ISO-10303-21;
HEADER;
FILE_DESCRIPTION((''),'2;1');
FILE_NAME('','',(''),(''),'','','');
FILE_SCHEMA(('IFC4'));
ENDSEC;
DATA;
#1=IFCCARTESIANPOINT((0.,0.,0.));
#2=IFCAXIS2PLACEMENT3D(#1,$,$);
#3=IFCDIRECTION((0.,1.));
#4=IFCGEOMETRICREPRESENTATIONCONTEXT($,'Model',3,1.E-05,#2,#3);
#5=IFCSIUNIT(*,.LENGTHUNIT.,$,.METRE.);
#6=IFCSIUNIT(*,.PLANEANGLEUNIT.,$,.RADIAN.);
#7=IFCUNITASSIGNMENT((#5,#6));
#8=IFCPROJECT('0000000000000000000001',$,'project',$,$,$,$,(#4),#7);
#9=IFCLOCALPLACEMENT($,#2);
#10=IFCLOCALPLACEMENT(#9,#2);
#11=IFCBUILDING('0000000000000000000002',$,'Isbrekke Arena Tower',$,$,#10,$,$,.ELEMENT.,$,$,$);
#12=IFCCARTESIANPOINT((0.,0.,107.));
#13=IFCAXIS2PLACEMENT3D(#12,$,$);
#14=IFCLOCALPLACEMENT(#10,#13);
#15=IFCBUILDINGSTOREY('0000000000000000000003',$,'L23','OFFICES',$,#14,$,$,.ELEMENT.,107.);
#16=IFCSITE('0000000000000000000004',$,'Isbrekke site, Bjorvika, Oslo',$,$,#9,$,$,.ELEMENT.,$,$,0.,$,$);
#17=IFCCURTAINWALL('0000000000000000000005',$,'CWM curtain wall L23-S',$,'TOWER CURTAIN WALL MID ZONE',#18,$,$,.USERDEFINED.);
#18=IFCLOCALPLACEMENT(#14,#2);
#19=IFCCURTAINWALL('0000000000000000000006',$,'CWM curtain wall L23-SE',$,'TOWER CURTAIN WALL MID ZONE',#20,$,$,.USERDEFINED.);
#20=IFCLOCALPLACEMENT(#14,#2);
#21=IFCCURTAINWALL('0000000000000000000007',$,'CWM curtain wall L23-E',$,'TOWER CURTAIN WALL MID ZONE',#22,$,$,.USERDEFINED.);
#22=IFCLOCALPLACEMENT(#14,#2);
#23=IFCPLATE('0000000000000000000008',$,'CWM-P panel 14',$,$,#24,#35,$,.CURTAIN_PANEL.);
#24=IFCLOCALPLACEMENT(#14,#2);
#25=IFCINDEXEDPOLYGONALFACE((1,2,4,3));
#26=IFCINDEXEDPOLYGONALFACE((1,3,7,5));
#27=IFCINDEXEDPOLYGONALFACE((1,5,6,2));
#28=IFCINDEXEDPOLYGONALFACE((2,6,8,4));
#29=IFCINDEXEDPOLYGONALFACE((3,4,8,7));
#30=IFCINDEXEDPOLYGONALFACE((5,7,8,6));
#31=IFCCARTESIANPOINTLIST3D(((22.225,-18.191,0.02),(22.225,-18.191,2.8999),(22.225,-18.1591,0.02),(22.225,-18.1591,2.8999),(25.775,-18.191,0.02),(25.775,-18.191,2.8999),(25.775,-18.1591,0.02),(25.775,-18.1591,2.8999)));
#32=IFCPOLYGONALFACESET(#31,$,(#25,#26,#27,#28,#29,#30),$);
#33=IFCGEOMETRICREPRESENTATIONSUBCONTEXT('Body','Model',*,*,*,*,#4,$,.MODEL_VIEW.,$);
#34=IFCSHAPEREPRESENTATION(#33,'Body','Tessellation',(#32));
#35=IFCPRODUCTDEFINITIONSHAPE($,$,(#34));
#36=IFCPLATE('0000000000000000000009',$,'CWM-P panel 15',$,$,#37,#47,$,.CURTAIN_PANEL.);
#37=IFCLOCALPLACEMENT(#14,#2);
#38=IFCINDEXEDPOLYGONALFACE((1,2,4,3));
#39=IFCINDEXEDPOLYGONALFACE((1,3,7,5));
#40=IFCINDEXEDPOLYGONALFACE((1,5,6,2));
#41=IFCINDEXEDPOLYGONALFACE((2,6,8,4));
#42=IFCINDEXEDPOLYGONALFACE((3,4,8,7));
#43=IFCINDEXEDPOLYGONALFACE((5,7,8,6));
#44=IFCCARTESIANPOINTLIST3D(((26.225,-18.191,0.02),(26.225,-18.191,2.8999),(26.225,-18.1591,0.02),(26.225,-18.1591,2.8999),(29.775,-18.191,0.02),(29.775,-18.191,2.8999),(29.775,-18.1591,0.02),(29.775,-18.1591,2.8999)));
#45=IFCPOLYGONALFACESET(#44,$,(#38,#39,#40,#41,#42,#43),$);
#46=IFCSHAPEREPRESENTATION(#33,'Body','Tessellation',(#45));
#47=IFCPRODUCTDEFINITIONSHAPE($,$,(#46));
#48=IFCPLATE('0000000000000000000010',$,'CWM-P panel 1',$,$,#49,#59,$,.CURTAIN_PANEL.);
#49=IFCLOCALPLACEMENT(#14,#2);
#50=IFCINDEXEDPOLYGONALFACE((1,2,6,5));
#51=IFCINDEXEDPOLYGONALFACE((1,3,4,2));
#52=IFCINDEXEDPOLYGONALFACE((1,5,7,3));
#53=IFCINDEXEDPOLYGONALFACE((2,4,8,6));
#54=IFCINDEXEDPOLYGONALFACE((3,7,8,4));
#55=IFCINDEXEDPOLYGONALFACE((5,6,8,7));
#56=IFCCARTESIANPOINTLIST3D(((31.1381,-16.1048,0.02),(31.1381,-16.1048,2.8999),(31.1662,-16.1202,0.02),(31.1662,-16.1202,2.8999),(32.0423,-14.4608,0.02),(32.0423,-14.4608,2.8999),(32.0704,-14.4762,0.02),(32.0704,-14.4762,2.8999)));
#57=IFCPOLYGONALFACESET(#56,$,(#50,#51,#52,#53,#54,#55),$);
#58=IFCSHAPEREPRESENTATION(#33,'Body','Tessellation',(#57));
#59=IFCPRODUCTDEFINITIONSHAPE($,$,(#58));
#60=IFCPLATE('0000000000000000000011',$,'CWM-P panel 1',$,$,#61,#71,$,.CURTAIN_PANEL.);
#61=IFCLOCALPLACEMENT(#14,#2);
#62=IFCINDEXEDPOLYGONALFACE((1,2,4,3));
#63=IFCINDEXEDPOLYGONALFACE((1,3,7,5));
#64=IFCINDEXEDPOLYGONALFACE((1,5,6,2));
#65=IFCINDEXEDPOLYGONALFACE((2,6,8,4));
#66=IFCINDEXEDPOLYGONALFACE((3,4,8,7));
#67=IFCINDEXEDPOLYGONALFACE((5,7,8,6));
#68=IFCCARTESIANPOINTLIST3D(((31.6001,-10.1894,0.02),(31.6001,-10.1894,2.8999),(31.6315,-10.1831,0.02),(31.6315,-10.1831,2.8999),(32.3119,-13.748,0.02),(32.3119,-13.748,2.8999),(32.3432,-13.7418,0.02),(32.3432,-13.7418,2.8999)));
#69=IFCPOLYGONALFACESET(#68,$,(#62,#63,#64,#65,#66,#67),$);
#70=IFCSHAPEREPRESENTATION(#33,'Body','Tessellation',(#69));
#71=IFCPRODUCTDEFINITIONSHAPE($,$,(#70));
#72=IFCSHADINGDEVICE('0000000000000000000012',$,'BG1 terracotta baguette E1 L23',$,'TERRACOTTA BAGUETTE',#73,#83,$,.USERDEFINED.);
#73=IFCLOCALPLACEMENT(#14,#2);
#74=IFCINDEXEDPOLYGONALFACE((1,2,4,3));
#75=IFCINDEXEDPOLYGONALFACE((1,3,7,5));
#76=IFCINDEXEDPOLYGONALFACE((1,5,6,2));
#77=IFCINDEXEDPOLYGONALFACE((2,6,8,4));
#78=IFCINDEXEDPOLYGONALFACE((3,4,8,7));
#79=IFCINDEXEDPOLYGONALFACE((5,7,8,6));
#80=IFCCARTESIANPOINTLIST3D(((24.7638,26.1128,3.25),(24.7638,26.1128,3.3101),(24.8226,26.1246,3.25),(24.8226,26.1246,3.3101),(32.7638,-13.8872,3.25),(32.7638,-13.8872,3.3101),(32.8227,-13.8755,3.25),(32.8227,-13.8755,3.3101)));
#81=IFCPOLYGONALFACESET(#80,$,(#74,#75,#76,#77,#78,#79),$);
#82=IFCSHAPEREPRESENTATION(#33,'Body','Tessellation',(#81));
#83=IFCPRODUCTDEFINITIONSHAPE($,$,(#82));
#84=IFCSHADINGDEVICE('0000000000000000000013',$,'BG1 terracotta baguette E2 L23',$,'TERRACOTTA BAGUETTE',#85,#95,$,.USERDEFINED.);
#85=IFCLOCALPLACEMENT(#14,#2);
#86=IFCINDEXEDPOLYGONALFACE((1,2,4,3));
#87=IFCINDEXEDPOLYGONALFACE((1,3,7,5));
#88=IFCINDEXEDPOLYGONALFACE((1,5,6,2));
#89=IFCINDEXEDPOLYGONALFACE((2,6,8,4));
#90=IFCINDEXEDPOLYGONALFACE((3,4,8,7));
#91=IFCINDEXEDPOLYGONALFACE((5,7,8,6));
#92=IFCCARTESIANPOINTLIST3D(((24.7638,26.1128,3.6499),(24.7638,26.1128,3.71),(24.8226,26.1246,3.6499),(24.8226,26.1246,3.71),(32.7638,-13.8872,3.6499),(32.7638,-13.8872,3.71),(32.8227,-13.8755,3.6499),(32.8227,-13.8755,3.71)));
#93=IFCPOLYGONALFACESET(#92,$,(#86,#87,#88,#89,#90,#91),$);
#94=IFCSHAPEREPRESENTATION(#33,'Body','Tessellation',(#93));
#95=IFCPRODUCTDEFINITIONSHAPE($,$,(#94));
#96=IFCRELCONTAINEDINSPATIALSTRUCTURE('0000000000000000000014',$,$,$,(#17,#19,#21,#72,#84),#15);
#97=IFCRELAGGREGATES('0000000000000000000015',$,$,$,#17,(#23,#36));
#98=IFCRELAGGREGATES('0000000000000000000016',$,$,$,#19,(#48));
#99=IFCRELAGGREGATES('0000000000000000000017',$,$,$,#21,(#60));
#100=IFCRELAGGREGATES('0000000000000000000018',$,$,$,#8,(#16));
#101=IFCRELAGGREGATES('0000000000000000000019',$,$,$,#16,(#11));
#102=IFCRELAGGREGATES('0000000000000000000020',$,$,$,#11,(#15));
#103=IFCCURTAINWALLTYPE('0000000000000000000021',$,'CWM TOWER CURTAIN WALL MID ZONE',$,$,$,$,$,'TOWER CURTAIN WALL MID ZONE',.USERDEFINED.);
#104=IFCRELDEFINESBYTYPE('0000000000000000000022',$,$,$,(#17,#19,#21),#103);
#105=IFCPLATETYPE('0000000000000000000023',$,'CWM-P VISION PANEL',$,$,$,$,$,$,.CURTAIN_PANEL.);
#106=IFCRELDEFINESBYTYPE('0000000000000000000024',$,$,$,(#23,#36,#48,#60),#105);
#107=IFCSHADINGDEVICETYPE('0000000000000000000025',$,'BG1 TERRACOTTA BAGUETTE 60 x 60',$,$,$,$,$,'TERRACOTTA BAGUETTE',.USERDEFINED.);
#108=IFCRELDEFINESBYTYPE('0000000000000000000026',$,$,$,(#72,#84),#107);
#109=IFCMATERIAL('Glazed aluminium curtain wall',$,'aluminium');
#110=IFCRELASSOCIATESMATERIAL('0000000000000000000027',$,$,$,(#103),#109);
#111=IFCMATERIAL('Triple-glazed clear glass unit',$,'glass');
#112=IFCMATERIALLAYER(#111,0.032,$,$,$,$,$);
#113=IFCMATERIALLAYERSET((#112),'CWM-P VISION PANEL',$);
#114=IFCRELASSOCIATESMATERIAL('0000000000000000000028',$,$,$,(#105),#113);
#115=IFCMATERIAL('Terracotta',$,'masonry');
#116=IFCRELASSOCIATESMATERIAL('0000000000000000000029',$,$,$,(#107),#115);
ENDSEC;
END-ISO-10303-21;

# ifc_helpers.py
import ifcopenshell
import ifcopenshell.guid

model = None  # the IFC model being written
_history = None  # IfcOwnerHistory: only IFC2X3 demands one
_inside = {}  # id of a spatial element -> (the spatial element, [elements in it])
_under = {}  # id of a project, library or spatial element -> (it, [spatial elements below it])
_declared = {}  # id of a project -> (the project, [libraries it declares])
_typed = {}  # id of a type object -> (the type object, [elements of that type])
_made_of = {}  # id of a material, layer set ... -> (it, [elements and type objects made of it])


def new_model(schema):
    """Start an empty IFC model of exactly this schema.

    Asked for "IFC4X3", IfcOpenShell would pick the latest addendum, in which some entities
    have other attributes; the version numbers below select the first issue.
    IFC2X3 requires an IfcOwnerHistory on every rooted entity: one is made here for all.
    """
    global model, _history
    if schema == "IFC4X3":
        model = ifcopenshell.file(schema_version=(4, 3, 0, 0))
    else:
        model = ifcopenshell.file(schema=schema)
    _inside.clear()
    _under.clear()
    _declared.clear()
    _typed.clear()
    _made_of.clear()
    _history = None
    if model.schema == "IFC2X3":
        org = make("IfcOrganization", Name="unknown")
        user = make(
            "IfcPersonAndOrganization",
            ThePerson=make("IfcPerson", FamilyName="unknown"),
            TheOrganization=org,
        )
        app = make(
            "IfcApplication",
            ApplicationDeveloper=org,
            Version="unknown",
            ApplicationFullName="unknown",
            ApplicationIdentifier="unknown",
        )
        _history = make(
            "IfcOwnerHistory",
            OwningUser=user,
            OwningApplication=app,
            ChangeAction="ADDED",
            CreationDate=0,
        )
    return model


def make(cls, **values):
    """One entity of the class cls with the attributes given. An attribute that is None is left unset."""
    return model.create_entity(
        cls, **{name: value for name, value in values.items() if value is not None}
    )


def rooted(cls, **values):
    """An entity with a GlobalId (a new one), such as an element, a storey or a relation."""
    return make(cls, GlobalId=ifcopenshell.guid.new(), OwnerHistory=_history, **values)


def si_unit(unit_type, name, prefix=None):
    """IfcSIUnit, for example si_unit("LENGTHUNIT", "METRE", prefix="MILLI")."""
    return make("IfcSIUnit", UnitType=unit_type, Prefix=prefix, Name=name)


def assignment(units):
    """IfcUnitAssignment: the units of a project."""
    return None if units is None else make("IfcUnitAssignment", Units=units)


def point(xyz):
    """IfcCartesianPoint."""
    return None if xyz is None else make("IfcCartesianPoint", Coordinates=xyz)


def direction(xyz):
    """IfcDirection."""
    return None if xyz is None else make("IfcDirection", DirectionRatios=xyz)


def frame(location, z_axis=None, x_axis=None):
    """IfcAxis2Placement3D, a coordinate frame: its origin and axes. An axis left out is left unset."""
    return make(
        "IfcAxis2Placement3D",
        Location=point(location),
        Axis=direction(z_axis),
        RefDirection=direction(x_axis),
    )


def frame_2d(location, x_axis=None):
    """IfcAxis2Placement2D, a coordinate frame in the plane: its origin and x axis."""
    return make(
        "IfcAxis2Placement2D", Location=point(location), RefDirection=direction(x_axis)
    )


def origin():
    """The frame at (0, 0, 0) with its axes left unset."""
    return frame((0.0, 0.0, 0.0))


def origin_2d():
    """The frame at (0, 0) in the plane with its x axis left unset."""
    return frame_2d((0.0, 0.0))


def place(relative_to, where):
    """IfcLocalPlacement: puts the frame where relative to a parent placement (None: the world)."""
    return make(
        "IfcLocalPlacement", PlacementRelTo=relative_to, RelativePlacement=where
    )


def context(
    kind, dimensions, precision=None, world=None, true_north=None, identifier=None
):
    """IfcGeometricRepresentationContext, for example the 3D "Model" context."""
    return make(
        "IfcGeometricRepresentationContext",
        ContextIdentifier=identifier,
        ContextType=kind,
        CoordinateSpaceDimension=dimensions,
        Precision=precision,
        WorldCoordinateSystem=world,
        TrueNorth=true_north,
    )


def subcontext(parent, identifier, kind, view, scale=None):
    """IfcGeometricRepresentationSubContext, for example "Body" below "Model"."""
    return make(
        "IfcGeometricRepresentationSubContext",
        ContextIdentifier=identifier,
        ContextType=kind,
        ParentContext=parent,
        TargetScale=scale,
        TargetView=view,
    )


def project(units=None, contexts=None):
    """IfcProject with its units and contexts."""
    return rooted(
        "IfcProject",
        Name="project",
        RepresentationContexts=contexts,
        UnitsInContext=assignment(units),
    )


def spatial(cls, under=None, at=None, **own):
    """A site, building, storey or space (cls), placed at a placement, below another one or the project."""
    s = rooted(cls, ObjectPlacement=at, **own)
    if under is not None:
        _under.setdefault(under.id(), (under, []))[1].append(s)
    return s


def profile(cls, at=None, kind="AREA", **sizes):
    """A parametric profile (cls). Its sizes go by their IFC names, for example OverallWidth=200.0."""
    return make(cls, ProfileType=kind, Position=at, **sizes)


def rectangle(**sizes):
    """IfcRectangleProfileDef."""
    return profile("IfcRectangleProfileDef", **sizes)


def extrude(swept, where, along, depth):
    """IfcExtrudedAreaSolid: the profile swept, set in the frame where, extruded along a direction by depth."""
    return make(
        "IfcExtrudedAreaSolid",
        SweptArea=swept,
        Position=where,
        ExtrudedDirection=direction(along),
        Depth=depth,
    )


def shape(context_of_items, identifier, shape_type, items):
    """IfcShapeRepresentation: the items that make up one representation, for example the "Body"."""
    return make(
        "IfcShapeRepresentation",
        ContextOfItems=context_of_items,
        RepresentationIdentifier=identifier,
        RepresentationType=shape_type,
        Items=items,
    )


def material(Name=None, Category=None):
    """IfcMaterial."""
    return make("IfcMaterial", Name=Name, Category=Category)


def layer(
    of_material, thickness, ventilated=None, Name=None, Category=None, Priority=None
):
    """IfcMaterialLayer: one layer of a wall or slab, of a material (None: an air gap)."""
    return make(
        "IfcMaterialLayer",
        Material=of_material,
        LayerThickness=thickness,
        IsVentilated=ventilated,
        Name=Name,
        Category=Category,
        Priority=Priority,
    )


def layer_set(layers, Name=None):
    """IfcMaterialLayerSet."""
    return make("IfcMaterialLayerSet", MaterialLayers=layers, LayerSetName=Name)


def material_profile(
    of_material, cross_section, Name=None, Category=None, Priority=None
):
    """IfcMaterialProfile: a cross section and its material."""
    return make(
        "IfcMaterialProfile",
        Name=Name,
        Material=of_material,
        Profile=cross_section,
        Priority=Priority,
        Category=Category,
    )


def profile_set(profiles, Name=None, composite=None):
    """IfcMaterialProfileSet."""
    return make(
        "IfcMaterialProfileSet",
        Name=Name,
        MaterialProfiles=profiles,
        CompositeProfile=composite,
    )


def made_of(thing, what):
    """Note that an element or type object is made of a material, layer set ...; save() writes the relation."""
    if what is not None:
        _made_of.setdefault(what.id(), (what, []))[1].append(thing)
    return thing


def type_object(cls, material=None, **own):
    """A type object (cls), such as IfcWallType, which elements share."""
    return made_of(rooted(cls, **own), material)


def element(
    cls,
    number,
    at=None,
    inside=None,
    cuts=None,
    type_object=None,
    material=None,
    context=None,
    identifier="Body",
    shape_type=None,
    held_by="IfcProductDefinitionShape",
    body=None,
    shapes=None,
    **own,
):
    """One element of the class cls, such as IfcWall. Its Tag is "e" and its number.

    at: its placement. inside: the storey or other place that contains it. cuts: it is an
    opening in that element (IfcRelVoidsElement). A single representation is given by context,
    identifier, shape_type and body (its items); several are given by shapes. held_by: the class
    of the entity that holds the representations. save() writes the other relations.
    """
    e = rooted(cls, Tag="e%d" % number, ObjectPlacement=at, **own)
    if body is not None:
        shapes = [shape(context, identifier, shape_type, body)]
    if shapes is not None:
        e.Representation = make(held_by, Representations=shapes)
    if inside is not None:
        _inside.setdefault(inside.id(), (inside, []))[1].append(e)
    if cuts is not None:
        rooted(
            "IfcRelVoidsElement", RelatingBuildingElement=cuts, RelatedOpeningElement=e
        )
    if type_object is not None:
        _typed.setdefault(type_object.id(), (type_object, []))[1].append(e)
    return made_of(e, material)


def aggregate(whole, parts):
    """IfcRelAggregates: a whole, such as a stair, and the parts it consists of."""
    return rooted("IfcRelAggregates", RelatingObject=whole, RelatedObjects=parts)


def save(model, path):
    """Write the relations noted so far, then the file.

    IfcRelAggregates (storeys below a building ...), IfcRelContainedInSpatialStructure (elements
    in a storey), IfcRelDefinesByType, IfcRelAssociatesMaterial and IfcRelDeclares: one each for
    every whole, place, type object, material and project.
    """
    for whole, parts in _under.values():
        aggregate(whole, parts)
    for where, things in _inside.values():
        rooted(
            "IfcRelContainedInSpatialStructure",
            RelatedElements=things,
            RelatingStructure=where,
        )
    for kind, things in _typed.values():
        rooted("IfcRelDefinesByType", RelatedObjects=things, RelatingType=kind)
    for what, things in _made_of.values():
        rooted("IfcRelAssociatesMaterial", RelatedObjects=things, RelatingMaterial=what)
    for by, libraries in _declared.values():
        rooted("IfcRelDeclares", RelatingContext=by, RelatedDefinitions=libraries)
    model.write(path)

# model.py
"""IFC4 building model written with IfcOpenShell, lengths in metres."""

from ifc_helpers import new_model, si_unit, direction, frame, origin, origin_2d, place, context, subcontext, project, spatial, rectangle, extrude, material, layer, layer_set, material_profile, profile_set, type_object, element, aggregate, save


model = new_model("IFC4")

# Units and contexts
model_context = context("Model", 3, precision=1e-05, world=origin(), true_north=direction((0.0, 1.0)))
body_context = subcontext(model_context, "Body", "Model", "MODEL_VIEW")
ifc_project = project(units=[si_unit("LENGTHUNIT", "METRE"), si_unit("PLANEANGLEUNIT", "RADIAN")], contexts=[model_context])

# Site, building, storey
site_placement = place(None, origin())
site = spatial("IfcSite", under=ifc_project, at=site_placement, Name="Isbrekke site, Bjorvika, Oslo", CompositionType="ELEMENT", RefElevation=0.0)
building_placement = place(site_placement, origin())
building = spatial("IfcBuilding", under=site, at=building_placement, Name="Isbrekke Arena Tower", CompositionType="ELEMENT")
storey_placement = place(building_placement, frame((0.0, 0.0, 107.0)))
storey = spatial("IfcBuildingStorey", under=building, at=storey_placement, Name="L23", Description="OFFICES", CompositionType="ELEMENT", Elevation=107.0)

# Curtain walls
ifc_material_1 = material(Name="Glazed aluminium curtain wall", Category="aluminium")
curtain_wall_type = type_object("IfcCurtainWallType", Name="CWM TOWER CURTAIN WALL MID ZONE", ElementType="TOWER CURTAIN WALL MID ZONE", PredefinedType="USERDEFINED", material=ifc_material_1)
curtain_wall_1_placement = place(storey_placement, origin())
curtain_wall_1 = element("IfcCurtainWall", 1, at=curtain_wall_1_placement, inside=storey, type_object=curtain_wall_type, Name="CWM curtain wall L23-S", ObjectType="TOWER CURTAIN WALL MID ZONE", PredefinedType="USERDEFINED")
curtain_wall_2_placement = place(storey_placement, origin())
curtain_wall_2 = element("IfcCurtainWall", 2, at=curtain_wall_2_placement, inside=storey, type_object=curtain_wall_type, Name="CWM curtain wall L23-SE", ObjectType="TOWER CURTAIN WALL MID ZONE", PredefinedType="USERDEFINED")

# Curtain wall
curtain_wall_3_placement = place(storey_placement, origin())
curtain_wall_3 = element("IfcCurtainWall", 3, at=curtain_wall_3_placement, inside=storey, type_object=curtain_wall_type, Name="CWM curtain wall L23-E", ObjectType="TOWER CURTAIN WALL MID ZONE", PredefinedType="USERDEFINED")

# Plates
ifc_material_2 = material(Name="Triple-glazed clear glass unit", Category="glass")
ifc_layer = layer(ifc_material_2, 0.032)
ifc_layer_set = layer_set([ifc_layer], Name="CWM-P VISION PANEL")
plate_type = type_object("IfcPlateType", Name="CWM-P VISION PANEL", PredefinedType="CURTAIN_PANEL", material=ifc_layer_set)
plate_1_placement = place(storey_placement, frame((24.0, -18.175, 0.02), z_axis=(0.0, 0.0, 1.0), x_axis=(1.0, 0.0, 0.0)))
plate_1 = element("IfcPlate", 4, at=plate_1_placement, type_object=plate_type, Name="CWM-P panel 14", PredefinedType="CURTAIN_PANEL", context=body_context, shape_type="SweptSolid", body=[
    extrude(rectangle(XDim=3.55, YDim=0.032, at=origin_2d()), origin(), (0.0, 0.0, 1.0), 2.8799),
])
plate_2_placement = place(storey_placement, frame((28.0, -18.175, 0.02), z_axis=(0.0, 0.0, 1.0), x_axis=(1.0, 0.0, 0.0)))
plate_2 = element("IfcPlate", 5, at=plate_2_placement, type_object=plate_type, Name="CWM-P panel 15", PredefinedType="CURTAIN_PANEL", context=body_context, shape_type="SweptSolid", body=[
    extrude(rectangle(XDim=3.55, YDim=0.032, at=origin_2d()), origin(), (0.0, 0.0, 1.0), 2.8799),
])
aggregate(curtain_wall_1, [plate_1, plate_2])
plate_3_placement = place(storey_placement, frame((31.6042, -15.2905, 0.02), z_axis=(0.0, 0.0, 1.0), x_axis=(0.481919, 0.876216, 0.0)))
plate_3 = element("IfcPlate", 6, at=plate_3_placement, type_object=plate_type, Name="CWM-P panel 1", PredefinedType="CURTAIN_PANEL", context=body_context, shape_type="SweptSolid", body=[
    extrude(rectangle(XDim=1.8762, YDim=0.032, at=origin_2d()), origin(), (0.0, 0.0, 1.0), 2.8799),
])
aggregate(curtain_wall_2, [plate_3])
plate_4_placement = place(storey_placement, frame((31.9717, -11.9656, 0.02), z_axis=(0.0, 0.0, 1.0), x_axis=(-0.196116, 0.980581, 0.0)))
plate_4 = element("IfcPlate", 7, at=plate_4_placement, type_object=plate_type, Name="CWM-P panel 1", PredefinedType="CURTAIN_PANEL", context=body_context, shape_type="SweptSolid", body=[
    extrude(rectangle(XDim=3.6292, YDim=0.032, at=origin_2d()), origin(), (0.0, 0.0, 1.0), 2.8799),
])
aggregate(curtain_wall_3, [plate_4])

# Shading devices
ifc_material_3 = material(Name="Terracotta", Category="masonry")
ifc_material_profile_1 = material_profile(ifc_material_3, rectangle(XDim=0.0601, YDim=0.0601, at=origin_2d()), Name="BAGUETTE 60X60")
ifc_profile_set_1 = profile_set([ifc_material_profile_1], Name="Terracotta")
shading_device_type = type_object("IfcShadingDeviceType", Name="BG1 TERRACOTTA BAGUETTE 60 x 60", ElementType="TERRACOTTA BAGUETTE", PredefinedType="USERDEFINED", material=ifc_profile_set_1)
for number, where, z_axis, x_axis, name in (
    (8, (32.7932, -13.8813, 3.28), (-0.196116, 0.980581, 0.0), (-0.980581, -0.196116, 0.0), "BG1 terracotta baguette E1 L23"),
    (9, (32.7932, -13.8813, 3.6799), (-0.196116, 0.980581, 0.0), (-0.980581, -0.196116, 0.0), "BG1 terracotta baguette E2 L23"),
):
    element("IfcShadingDevice", number, at=place(storey_placement, frame(where, z_axis=z_axis, x_axis=x_axis)), inside=storey, type_object=shading_device_type, Name=name, ObjectType="TERRACOTTA BAGUETTE", PredefinedType="USERDEFINED", context=body_context, shape_type="SweptSolid", body=[
        extrude(rectangle(XDim=0.0601, YDim=0.0601, at=origin_2d()), origin(), (0.0, 0.0, 1.0), 40.7922),
    ])

save(model, "model.ifc")
